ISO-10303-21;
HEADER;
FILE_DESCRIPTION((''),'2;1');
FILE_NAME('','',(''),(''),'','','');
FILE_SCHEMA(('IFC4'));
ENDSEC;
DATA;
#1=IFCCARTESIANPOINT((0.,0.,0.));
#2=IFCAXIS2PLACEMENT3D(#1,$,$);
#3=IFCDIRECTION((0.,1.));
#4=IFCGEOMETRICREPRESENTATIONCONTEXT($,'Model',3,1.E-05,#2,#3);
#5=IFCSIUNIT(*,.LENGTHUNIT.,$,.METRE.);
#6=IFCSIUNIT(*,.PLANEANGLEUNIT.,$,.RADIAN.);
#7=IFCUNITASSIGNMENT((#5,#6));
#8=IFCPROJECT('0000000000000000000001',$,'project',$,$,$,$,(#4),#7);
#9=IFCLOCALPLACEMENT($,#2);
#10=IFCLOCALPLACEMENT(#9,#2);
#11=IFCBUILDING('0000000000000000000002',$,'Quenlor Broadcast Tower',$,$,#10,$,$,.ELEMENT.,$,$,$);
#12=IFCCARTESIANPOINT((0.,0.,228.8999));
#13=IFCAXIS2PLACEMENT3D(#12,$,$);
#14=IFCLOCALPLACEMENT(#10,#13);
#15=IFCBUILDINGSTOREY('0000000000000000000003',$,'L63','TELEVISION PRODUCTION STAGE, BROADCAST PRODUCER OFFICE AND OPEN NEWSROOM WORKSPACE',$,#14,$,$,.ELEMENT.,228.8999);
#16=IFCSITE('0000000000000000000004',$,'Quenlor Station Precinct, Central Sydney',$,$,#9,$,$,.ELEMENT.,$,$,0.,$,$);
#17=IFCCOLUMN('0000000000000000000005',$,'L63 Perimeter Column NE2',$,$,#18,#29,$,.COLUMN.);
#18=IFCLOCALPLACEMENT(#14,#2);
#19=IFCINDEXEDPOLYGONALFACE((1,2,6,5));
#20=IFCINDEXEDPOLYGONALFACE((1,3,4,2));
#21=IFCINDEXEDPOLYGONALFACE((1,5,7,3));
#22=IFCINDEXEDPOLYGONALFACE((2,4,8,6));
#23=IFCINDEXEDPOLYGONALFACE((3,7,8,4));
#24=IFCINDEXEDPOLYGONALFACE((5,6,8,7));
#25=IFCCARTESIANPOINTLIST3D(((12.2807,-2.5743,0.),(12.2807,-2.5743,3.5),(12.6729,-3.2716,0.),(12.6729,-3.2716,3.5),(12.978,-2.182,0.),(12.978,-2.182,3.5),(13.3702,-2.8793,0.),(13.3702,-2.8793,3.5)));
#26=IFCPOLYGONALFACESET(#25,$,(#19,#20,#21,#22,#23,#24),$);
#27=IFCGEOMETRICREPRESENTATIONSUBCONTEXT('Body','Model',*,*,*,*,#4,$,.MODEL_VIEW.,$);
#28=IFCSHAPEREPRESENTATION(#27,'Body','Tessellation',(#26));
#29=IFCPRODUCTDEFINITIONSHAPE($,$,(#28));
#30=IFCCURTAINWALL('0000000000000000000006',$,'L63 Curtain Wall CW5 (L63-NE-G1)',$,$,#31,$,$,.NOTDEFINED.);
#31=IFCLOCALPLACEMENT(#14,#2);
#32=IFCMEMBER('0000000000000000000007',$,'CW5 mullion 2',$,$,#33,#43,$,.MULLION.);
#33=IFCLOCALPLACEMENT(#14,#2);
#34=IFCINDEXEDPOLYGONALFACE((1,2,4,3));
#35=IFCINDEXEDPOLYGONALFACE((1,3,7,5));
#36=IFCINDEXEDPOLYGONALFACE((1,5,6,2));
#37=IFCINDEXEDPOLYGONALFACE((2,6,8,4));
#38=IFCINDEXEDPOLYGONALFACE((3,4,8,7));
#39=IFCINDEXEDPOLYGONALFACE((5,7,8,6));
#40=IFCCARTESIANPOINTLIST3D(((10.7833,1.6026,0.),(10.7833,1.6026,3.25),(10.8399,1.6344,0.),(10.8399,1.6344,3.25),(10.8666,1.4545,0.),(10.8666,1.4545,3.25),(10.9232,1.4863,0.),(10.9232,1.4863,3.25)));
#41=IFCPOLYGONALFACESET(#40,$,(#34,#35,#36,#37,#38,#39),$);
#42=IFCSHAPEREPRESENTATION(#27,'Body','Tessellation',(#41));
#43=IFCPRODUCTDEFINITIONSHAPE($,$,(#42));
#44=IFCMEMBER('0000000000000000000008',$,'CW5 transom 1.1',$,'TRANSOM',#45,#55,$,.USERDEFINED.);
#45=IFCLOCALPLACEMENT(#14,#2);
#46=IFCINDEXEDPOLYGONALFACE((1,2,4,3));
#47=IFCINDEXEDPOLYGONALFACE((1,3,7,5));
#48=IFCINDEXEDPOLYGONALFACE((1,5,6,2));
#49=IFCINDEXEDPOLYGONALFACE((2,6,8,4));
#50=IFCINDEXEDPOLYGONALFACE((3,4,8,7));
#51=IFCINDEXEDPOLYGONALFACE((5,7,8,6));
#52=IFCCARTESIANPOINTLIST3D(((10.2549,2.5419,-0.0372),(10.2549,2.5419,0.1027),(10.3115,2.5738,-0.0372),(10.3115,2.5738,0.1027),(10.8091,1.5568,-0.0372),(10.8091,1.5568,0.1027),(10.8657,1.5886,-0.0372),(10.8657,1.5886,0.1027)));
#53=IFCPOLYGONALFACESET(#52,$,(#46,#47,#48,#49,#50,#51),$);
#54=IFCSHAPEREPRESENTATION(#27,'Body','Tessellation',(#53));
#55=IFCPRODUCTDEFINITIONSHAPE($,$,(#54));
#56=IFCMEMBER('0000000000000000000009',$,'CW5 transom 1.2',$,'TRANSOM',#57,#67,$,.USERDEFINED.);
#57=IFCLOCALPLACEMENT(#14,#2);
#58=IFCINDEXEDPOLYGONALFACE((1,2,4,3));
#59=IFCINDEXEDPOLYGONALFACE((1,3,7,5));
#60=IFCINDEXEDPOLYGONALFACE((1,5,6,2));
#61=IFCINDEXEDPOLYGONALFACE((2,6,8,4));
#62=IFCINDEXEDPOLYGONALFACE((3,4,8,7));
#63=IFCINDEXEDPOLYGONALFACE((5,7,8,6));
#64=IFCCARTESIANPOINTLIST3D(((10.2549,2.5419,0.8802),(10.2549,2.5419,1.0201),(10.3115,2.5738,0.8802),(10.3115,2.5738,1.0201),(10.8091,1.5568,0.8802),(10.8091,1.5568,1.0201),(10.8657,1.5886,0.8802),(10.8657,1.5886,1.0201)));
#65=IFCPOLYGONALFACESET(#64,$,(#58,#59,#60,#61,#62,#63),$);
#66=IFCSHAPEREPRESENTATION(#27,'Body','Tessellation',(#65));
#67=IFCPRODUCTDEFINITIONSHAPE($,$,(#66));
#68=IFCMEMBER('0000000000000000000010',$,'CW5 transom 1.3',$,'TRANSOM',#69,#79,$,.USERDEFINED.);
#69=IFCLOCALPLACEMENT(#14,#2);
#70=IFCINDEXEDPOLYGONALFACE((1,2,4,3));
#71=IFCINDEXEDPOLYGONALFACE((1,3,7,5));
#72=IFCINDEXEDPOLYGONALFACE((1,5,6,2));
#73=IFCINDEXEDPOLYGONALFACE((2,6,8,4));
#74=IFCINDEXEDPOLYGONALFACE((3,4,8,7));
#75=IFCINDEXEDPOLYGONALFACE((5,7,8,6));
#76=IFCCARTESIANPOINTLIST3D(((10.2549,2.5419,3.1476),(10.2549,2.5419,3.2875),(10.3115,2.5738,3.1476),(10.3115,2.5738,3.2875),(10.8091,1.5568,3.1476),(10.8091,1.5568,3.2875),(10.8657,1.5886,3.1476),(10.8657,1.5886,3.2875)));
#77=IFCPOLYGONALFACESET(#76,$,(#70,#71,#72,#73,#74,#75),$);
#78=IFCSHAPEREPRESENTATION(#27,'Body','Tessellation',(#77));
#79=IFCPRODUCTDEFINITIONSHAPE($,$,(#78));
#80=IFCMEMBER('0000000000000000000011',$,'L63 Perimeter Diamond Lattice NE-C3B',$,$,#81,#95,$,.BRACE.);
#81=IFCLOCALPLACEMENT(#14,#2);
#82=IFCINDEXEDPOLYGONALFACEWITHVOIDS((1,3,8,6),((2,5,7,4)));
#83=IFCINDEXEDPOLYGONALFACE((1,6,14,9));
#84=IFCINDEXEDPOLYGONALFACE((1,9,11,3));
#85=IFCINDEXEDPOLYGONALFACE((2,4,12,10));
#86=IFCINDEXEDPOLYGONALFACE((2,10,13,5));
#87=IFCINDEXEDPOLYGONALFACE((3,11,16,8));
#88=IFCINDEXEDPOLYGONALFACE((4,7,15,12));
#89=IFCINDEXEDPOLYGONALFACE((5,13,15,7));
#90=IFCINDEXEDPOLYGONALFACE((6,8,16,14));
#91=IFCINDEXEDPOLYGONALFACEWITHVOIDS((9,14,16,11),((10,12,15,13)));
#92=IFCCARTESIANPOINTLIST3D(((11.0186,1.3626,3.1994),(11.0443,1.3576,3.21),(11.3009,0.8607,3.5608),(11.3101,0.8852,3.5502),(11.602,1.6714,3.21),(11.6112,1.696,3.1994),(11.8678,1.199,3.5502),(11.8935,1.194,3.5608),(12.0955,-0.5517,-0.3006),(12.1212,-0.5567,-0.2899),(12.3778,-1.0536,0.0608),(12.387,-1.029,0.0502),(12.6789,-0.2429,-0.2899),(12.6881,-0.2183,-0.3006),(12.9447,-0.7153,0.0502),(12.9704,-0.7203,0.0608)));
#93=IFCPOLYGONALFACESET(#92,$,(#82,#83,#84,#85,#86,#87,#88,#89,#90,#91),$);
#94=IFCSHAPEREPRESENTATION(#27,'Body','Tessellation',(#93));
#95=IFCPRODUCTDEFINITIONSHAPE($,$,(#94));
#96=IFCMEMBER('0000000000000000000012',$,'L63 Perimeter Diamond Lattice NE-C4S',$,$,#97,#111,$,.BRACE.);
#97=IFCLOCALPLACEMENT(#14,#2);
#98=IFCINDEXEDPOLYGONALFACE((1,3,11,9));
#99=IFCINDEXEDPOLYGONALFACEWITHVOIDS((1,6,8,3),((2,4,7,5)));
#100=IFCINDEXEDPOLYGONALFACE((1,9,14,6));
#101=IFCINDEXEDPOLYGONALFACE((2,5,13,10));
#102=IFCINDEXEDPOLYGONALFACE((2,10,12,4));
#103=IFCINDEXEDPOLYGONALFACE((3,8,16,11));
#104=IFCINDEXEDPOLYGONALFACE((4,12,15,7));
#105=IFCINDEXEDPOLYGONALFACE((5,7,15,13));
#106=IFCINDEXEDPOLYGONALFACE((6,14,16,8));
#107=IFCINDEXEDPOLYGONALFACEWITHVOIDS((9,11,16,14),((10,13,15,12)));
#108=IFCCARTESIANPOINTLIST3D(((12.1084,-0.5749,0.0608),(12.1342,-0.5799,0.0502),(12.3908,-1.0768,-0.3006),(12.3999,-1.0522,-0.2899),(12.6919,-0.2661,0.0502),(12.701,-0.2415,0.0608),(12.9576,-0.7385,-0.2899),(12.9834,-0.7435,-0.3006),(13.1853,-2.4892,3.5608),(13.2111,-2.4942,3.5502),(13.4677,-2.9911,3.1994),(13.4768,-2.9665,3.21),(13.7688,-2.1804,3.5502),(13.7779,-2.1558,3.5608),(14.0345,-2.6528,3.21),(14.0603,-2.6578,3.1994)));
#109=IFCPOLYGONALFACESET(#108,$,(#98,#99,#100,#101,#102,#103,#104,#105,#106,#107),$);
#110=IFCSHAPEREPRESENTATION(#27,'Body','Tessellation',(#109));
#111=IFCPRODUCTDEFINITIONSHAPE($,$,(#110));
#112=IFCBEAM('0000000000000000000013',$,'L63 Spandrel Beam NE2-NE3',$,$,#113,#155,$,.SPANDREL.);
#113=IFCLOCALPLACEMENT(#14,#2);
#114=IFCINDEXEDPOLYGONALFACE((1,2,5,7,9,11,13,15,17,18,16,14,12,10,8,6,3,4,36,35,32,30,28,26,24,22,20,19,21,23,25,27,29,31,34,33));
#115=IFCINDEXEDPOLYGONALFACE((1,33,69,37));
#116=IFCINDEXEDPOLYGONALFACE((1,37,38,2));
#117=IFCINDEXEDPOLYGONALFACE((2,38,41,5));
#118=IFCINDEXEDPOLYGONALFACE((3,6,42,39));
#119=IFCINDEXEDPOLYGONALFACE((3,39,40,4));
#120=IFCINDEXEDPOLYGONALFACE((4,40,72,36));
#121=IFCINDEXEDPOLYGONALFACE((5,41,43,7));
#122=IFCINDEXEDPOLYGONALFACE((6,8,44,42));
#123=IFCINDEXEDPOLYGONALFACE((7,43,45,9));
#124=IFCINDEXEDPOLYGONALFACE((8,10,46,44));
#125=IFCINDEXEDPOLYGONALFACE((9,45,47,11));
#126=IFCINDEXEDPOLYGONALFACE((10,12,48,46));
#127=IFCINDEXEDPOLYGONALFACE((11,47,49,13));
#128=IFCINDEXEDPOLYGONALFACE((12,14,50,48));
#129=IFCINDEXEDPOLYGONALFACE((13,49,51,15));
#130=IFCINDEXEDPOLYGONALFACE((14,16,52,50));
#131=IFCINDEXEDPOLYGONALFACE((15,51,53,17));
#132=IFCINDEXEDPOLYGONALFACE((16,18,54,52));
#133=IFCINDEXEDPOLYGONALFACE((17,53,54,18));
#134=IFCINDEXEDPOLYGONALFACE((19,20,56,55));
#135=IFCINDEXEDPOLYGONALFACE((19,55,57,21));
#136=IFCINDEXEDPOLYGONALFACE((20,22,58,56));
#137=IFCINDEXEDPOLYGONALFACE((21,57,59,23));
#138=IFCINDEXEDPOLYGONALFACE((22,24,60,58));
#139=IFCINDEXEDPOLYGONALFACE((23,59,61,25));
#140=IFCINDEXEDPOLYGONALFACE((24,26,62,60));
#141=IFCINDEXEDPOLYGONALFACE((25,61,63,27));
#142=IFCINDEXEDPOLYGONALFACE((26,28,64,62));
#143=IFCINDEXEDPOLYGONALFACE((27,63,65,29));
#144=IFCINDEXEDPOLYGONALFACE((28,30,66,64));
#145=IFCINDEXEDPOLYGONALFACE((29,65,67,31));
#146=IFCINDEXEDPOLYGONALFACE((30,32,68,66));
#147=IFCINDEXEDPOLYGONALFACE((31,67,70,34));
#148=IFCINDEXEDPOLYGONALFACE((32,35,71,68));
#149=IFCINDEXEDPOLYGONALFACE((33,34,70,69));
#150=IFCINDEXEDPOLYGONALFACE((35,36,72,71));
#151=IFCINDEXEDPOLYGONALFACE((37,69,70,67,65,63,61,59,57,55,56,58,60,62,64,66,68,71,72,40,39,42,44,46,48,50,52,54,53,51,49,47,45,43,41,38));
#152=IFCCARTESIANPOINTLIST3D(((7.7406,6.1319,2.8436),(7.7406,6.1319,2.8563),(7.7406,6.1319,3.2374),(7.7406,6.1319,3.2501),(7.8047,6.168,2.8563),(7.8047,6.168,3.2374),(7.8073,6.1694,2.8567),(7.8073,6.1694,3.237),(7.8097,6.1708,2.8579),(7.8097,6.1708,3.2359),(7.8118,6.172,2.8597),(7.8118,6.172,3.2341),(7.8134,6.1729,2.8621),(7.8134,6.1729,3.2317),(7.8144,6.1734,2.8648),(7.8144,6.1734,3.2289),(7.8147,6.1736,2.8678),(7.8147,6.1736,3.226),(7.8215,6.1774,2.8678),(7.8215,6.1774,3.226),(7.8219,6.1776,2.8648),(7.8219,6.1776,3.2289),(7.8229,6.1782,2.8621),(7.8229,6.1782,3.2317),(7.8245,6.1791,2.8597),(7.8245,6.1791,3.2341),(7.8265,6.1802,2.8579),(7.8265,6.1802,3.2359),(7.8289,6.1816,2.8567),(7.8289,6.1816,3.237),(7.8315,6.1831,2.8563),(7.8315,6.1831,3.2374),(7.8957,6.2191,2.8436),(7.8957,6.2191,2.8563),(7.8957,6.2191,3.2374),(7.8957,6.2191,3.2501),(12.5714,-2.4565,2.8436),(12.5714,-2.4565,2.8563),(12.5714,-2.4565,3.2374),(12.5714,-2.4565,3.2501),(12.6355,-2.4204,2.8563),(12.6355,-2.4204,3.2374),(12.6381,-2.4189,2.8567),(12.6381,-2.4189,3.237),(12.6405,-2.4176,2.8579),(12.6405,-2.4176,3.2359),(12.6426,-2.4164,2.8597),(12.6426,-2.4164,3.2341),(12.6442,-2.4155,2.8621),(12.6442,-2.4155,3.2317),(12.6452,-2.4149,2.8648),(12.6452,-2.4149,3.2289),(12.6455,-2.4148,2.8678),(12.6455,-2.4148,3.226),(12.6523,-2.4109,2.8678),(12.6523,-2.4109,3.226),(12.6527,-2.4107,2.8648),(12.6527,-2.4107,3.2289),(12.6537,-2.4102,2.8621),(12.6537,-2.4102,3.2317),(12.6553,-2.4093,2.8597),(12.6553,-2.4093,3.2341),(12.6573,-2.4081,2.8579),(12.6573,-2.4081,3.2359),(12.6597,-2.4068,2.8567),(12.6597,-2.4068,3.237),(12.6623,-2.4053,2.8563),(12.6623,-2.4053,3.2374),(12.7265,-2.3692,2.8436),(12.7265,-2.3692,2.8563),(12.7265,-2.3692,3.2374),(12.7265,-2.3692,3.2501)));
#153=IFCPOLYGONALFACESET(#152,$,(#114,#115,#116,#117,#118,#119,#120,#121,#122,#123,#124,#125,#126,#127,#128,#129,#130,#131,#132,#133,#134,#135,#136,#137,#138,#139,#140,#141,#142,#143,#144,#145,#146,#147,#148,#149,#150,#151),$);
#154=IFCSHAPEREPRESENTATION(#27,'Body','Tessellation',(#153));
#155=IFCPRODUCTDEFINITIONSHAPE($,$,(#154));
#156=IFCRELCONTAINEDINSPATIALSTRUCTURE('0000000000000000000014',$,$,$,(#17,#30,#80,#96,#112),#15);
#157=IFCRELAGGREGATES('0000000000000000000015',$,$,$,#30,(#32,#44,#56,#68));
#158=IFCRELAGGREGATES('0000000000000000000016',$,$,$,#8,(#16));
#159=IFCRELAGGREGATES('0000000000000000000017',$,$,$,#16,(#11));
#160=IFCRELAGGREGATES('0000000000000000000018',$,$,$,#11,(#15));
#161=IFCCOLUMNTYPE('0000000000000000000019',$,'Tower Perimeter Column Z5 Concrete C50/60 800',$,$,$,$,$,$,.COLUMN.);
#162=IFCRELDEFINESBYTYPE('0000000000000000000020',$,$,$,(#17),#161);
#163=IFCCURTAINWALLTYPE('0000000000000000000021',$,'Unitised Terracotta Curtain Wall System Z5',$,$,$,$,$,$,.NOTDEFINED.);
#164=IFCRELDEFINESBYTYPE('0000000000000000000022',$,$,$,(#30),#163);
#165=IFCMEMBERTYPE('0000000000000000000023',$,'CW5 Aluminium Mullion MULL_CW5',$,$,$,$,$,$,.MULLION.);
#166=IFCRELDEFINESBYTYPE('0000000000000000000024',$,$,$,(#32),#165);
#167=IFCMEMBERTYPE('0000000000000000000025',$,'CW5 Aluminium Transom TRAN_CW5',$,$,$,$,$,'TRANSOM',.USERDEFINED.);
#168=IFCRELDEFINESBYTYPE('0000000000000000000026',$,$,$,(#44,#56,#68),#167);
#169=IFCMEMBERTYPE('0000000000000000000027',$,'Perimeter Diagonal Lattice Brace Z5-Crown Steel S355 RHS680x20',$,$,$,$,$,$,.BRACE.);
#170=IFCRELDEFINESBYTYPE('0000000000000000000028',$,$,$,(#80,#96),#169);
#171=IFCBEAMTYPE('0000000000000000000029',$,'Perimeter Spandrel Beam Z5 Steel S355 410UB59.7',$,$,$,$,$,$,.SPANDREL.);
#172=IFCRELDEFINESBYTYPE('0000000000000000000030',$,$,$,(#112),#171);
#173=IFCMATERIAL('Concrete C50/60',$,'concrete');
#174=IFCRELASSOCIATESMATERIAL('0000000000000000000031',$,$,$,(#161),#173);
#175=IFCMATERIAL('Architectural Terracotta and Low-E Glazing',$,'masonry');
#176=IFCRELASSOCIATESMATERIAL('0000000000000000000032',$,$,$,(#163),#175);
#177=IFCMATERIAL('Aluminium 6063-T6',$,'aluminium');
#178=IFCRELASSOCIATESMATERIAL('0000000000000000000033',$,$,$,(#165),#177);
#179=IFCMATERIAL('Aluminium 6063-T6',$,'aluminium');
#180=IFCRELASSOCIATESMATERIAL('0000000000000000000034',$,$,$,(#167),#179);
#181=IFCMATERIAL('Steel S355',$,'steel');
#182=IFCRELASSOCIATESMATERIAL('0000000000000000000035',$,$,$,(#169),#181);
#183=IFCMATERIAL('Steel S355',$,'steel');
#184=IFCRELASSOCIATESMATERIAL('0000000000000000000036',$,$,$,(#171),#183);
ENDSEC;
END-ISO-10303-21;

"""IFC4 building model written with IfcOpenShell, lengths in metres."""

from ifc_helpers import new_model, si_unit, direction, frame, origin, origin_2d, place, context, subcontext, project, spatial, rectangle, hollow_rectangle, i_section, extrude, material, material_profile, profile_set, type_object, element, aggregate, save


model = new_model("IFC4")

# Units and contexts
model_context = context("Model", 3, precision=1e-05, world=origin(), true_north=direction((0.0, 1.0)))
body_context = subcontext(model_context, "Body", "Model", "MODEL_VIEW")
ifc_project = project(units=[si_unit("LENGTHUNIT", "METRE"), si_unit("PLANEANGLEUNIT", "RADIAN")], contexts=[model_context])

# Site, building, storey
site_placement = place(None, origin())
site = spatial("IfcSite", under=ifc_project, at=site_placement, Name="Quenlor Station Precinct, Central Sydney", CompositionType="ELEMENT", RefElevation=0.0)
building_placement = place(site_placement, origin())
building = spatial("IfcBuilding", under=site, at=building_placement, Name="Quenlor Broadcast Tower", CompositionType="ELEMENT")
storey_placement = place(building_placement, frame((0.0, 0.0, 228.8999)))
storey = spatial("IfcBuildingStorey", under=building, at=storey_placement, Name="L63", Description="TELEVISION PRODUCTION STAGE, BROADCAST PRODUCER OFFICE AND OPEN NEWSROOM WORKSPACE", CompositionType="ELEMENT", Elevation=228.8999)

# Column
ifc_material_1 = material(Name="Concrete C50/60", Category="concrete")
ifc_material_profile_1 = material_profile(ifc_material_1, rectangle(XDim=0.8, YDim=0.8, at=origin_2d()))
ifc_profile_set_1 = profile_set([ifc_material_profile_1], Name="Concrete C50/60 RC800x800")
column_type = type_object("IfcColumnType", Name="Tower Perimeter Column Z5 Concrete C50/60 800", PredefinedType="COLUMN", material=ifc_profile_set_1)
column_placement = place(storey_placement, frame((12.8254, -2.7268, 0.0), z_axis=(0.0, 0.0, 1.0), x_axis=(0.871575, 0.490262, 0.0)))
element("IfcColumn", 1, at=column_placement, inside=storey, type_object=column_type, Name="L63 Perimeter Column NE2", PredefinedType="COLUMN", context=body_context, shape_type="SweptSolid", body=[
    extrude(rectangle(XDim=0.8, YDim=0.8, at=origin_2d()), origin(), (0.0, 0.0, 1.0), 3.5),
])

# Curtain wall, members
ifc_material_2 = material(Name="Architectural Terracotta and Low-E Glazing", Category="masonry")
curtain_wall_type = type_object("IfcCurtainWallType", Name="Unitised Terracotta Curtain Wall System Z5", PredefinedType="NOTDEFINED", material=ifc_material_2)
curtain_wall_placement = place(storey_placement, origin())
curtain_wall = element("IfcCurtainWall", 2, at=curtain_wall_placement, inside=storey, type_object=curtain_wall_type, Name="L63 Curtain Wall CW5 (L63-NE-G1)", PredefinedType="NOTDEFINED")
ifc_material_3 = material(Name="Aluminium 6063-T6", Category="aluminium")
ifc_material_profile_2 = material_profile(ifc_material_3, rectangle(XDim=0.0649, YDim=0.1699, at=origin_2d()))
ifc_profile_set_2 = profile_set([ifc_material_profile_2], Name="Aluminium 6063-T6 MULL65x170")
member_type_1 = type_object("IfcMemberType", Name="CW5 Aluminium Mullion MULL_CW5", PredefinedType="MULLION", material=ifc_profile_set_2)
member_1_placement = place(storey_placement, frame((10.8533, 1.5444, 0.0), z_axis=(0.0, 0.0, 1.0), x_axis=(0.871592, 0.490231, 0.0)))
member_1 = element("IfcMember", 3, at=member_1_placement, type_object=member_type_1, Name="CW5 mullion 2", PredefinedType="MULLION", context=body_context, shape_type="SweptSolid", body=[
    extrude(rectangle(XDim=0.0649, YDim=0.1699, at=origin_2d()), origin(), (0.0, 0.0, 1.0), 3.25),
])
ifc_material_4 = material(Name="Aluminium 6063-T6", Category="aluminium")
ifc_material_profile_3 = material_profile(ifc_material_4, rectangle(XDim=0.0649, YDim=0.1399, at=origin_2d()))
ifc_profile_set_3 = profile_set([ifc_material_profile_3], Name="Aluminium 6063-T6 TRAN65x140")
member_type_2 = type_object("IfcMemberType", Name="CW5 Aluminium Transom TRAN_CW5", ElementType="TRANSOM", PredefinedType="USERDEFINED", material=ifc_profile_set_3)
member_2_placement = place(storey_placement, frame((10.2832, 2.5579, 0.0327), z_axis=(0.490313, -0.871547, 0.0), x_axis=(0.871547, 0.490313, 0.0)))
member_2 = element("IfcMember", 4, at=member_2_placement, type_object=member_type_2, Name="CW5 transom 1.1", ObjectType="TRANSOM", PredefinedType="USERDEFINED", context=body_context, shape_type="SweptSolid", body=[
    extrude(rectangle(XDim=0.0649, YDim=0.1399, at=origin_2d()), origin(), (0.0, 0.0, 1.0), 1.1304),
])
member_3_placement = place(storey_placement, frame((10.2832, 2.5579, 0.9502), z_axis=(0.490313, -0.871547, 0.0), x_axis=(0.871547, 0.490313, 0.0)))
member_3 = element("IfcMember", 5, at=member_3_placement, type_object=member_type_2, Name="CW5 transom 1.2", ObjectType="TRANSOM", PredefinedType="USERDEFINED", context=body_context, shape_type="SweptSolid", body=[
    extrude(rectangle(XDim=0.0649, YDim=0.1399, at=origin_2d()), origin(), (0.0, 0.0, 1.0), 1.1304),
])
member_4_placement = place(storey_placement, frame((10.2832, 2.5579, 3.2175), z_axis=(0.490313, -0.871547, 0.0), x_axis=(0.871547, 0.490313, 0.0)))
member_4 = element("IfcMember", 6, at=member_4_placement, type_object=member_type_2, Name="CW5 transom 1.3", ObjectType="TRANSOM", PredefinedType="USERDEFINED", context=body_context, shape_type="SweptSolid", body=[
    extrude(rectangle(XDim=0.0649, YDim=0.1399, at=origin_2d()), origin(), (0.0, 0.0, 1.0), 1.1304),
])

# Members
ifc_material_5 = material(Name="Steel S355", Category="steel")
ifc_material_profile_4 = material_profile(ifc_material_5, hollow_rectangle(XDim=0.6799, YDim=0.6799, WallThickness=0.02, at=origin_2d()))
ifc_profile_set_4 = profile_set([ifc_material_profile_4], Name="Steel S355 RHS680x680x20")
member_type_3 = type_object("IfcMemberType", Name="Perimeter Diagonal Lattice Brace Z5-Crown Steel S355 RHS680x20", PredefinedType="BRACE", material=ifc_profile_set_4)
for number, where, z_axis, x_axis, name in (
    (7, (12.533, -0.636, -0.1199), (-0.260619, 0.463276, 0.847026), (-0.871555, -0.490298, 0.0), "L63 Perimeter Diamond Lattice NE-C3B"),
    (8, (12.5459, -0.6592, -0.1199), (0.260619, -0.463276, 0.847026), (0.871555, 0.490298, 0.0), "L63 Perimeter Diamond Lattice NE-C4S"),
):
    element("IfcMember", number, at=place(storey_placement, frame(where, z_axis=z_axis, x_axis=x_axis)), inside=storey, type_object=member_type_3, Name=name, PredefinedType="BRACE", context=body_context, shape_type="SweptSolid", body=[
        extrude(hollow_rectangle(XDim=0.6799, YDim=0.6799, WallThickness=0.02, at=origin_2d()), origin(), (0.0, 0.0, 1.0), 4.1321),
    ])

# Beam
ifc_material_6 = material(Name="Steel S355", Category="steel")
ifc_material_profile_5 = material_profile(ifc_material_6, i_section(OverallWidth=0.178, OverallDepth=0.4065, WebThickness=0.0078, FlangeThickness=0.0127, FilletRadius=0.0115, at=origin_2d()))
ifc_profile_set_5 = profile_set([ifc_material_profile_5], Name="Steel S355 410UB59.7")
beam_type_1 = type_object("IfcBeamType", Name="Perimeter Spandrel Beam Z5 Steel S355 410UB59.7", PredefinedType="SPANDREL", material=ifc_profile_set_5)
beam_1_placement = place(storey_placement, frame((12.6489, -2.4128, 3.0469), z_axis=(-0.490249, 0.871582, 0.0), x_axis=(-0.871582, -0.490249, 0.0)))
element("IfcBeam", 9, at=beam_1_placement, inside=storey, type_object=beam_type_1, Name="L63 Spandrel Beam NE2-NE3", PredefinedType="SPANDREL", context=body_context, shape_type="SweptSolid", body=[
    extrude(i_section(OverallWidth=0.178, OverallDepth=0.4065, WebThickness=0.0078, FlangeThickness=0.0127, FilletRadius=0.0115, at=origin_2d()), origin(), (0.0, 0.0, 1.0), 9.8538),
])

aggregate(curtain_wall, [member_1, member_2, member_3, member_4])

save(model, "model.ifc")
